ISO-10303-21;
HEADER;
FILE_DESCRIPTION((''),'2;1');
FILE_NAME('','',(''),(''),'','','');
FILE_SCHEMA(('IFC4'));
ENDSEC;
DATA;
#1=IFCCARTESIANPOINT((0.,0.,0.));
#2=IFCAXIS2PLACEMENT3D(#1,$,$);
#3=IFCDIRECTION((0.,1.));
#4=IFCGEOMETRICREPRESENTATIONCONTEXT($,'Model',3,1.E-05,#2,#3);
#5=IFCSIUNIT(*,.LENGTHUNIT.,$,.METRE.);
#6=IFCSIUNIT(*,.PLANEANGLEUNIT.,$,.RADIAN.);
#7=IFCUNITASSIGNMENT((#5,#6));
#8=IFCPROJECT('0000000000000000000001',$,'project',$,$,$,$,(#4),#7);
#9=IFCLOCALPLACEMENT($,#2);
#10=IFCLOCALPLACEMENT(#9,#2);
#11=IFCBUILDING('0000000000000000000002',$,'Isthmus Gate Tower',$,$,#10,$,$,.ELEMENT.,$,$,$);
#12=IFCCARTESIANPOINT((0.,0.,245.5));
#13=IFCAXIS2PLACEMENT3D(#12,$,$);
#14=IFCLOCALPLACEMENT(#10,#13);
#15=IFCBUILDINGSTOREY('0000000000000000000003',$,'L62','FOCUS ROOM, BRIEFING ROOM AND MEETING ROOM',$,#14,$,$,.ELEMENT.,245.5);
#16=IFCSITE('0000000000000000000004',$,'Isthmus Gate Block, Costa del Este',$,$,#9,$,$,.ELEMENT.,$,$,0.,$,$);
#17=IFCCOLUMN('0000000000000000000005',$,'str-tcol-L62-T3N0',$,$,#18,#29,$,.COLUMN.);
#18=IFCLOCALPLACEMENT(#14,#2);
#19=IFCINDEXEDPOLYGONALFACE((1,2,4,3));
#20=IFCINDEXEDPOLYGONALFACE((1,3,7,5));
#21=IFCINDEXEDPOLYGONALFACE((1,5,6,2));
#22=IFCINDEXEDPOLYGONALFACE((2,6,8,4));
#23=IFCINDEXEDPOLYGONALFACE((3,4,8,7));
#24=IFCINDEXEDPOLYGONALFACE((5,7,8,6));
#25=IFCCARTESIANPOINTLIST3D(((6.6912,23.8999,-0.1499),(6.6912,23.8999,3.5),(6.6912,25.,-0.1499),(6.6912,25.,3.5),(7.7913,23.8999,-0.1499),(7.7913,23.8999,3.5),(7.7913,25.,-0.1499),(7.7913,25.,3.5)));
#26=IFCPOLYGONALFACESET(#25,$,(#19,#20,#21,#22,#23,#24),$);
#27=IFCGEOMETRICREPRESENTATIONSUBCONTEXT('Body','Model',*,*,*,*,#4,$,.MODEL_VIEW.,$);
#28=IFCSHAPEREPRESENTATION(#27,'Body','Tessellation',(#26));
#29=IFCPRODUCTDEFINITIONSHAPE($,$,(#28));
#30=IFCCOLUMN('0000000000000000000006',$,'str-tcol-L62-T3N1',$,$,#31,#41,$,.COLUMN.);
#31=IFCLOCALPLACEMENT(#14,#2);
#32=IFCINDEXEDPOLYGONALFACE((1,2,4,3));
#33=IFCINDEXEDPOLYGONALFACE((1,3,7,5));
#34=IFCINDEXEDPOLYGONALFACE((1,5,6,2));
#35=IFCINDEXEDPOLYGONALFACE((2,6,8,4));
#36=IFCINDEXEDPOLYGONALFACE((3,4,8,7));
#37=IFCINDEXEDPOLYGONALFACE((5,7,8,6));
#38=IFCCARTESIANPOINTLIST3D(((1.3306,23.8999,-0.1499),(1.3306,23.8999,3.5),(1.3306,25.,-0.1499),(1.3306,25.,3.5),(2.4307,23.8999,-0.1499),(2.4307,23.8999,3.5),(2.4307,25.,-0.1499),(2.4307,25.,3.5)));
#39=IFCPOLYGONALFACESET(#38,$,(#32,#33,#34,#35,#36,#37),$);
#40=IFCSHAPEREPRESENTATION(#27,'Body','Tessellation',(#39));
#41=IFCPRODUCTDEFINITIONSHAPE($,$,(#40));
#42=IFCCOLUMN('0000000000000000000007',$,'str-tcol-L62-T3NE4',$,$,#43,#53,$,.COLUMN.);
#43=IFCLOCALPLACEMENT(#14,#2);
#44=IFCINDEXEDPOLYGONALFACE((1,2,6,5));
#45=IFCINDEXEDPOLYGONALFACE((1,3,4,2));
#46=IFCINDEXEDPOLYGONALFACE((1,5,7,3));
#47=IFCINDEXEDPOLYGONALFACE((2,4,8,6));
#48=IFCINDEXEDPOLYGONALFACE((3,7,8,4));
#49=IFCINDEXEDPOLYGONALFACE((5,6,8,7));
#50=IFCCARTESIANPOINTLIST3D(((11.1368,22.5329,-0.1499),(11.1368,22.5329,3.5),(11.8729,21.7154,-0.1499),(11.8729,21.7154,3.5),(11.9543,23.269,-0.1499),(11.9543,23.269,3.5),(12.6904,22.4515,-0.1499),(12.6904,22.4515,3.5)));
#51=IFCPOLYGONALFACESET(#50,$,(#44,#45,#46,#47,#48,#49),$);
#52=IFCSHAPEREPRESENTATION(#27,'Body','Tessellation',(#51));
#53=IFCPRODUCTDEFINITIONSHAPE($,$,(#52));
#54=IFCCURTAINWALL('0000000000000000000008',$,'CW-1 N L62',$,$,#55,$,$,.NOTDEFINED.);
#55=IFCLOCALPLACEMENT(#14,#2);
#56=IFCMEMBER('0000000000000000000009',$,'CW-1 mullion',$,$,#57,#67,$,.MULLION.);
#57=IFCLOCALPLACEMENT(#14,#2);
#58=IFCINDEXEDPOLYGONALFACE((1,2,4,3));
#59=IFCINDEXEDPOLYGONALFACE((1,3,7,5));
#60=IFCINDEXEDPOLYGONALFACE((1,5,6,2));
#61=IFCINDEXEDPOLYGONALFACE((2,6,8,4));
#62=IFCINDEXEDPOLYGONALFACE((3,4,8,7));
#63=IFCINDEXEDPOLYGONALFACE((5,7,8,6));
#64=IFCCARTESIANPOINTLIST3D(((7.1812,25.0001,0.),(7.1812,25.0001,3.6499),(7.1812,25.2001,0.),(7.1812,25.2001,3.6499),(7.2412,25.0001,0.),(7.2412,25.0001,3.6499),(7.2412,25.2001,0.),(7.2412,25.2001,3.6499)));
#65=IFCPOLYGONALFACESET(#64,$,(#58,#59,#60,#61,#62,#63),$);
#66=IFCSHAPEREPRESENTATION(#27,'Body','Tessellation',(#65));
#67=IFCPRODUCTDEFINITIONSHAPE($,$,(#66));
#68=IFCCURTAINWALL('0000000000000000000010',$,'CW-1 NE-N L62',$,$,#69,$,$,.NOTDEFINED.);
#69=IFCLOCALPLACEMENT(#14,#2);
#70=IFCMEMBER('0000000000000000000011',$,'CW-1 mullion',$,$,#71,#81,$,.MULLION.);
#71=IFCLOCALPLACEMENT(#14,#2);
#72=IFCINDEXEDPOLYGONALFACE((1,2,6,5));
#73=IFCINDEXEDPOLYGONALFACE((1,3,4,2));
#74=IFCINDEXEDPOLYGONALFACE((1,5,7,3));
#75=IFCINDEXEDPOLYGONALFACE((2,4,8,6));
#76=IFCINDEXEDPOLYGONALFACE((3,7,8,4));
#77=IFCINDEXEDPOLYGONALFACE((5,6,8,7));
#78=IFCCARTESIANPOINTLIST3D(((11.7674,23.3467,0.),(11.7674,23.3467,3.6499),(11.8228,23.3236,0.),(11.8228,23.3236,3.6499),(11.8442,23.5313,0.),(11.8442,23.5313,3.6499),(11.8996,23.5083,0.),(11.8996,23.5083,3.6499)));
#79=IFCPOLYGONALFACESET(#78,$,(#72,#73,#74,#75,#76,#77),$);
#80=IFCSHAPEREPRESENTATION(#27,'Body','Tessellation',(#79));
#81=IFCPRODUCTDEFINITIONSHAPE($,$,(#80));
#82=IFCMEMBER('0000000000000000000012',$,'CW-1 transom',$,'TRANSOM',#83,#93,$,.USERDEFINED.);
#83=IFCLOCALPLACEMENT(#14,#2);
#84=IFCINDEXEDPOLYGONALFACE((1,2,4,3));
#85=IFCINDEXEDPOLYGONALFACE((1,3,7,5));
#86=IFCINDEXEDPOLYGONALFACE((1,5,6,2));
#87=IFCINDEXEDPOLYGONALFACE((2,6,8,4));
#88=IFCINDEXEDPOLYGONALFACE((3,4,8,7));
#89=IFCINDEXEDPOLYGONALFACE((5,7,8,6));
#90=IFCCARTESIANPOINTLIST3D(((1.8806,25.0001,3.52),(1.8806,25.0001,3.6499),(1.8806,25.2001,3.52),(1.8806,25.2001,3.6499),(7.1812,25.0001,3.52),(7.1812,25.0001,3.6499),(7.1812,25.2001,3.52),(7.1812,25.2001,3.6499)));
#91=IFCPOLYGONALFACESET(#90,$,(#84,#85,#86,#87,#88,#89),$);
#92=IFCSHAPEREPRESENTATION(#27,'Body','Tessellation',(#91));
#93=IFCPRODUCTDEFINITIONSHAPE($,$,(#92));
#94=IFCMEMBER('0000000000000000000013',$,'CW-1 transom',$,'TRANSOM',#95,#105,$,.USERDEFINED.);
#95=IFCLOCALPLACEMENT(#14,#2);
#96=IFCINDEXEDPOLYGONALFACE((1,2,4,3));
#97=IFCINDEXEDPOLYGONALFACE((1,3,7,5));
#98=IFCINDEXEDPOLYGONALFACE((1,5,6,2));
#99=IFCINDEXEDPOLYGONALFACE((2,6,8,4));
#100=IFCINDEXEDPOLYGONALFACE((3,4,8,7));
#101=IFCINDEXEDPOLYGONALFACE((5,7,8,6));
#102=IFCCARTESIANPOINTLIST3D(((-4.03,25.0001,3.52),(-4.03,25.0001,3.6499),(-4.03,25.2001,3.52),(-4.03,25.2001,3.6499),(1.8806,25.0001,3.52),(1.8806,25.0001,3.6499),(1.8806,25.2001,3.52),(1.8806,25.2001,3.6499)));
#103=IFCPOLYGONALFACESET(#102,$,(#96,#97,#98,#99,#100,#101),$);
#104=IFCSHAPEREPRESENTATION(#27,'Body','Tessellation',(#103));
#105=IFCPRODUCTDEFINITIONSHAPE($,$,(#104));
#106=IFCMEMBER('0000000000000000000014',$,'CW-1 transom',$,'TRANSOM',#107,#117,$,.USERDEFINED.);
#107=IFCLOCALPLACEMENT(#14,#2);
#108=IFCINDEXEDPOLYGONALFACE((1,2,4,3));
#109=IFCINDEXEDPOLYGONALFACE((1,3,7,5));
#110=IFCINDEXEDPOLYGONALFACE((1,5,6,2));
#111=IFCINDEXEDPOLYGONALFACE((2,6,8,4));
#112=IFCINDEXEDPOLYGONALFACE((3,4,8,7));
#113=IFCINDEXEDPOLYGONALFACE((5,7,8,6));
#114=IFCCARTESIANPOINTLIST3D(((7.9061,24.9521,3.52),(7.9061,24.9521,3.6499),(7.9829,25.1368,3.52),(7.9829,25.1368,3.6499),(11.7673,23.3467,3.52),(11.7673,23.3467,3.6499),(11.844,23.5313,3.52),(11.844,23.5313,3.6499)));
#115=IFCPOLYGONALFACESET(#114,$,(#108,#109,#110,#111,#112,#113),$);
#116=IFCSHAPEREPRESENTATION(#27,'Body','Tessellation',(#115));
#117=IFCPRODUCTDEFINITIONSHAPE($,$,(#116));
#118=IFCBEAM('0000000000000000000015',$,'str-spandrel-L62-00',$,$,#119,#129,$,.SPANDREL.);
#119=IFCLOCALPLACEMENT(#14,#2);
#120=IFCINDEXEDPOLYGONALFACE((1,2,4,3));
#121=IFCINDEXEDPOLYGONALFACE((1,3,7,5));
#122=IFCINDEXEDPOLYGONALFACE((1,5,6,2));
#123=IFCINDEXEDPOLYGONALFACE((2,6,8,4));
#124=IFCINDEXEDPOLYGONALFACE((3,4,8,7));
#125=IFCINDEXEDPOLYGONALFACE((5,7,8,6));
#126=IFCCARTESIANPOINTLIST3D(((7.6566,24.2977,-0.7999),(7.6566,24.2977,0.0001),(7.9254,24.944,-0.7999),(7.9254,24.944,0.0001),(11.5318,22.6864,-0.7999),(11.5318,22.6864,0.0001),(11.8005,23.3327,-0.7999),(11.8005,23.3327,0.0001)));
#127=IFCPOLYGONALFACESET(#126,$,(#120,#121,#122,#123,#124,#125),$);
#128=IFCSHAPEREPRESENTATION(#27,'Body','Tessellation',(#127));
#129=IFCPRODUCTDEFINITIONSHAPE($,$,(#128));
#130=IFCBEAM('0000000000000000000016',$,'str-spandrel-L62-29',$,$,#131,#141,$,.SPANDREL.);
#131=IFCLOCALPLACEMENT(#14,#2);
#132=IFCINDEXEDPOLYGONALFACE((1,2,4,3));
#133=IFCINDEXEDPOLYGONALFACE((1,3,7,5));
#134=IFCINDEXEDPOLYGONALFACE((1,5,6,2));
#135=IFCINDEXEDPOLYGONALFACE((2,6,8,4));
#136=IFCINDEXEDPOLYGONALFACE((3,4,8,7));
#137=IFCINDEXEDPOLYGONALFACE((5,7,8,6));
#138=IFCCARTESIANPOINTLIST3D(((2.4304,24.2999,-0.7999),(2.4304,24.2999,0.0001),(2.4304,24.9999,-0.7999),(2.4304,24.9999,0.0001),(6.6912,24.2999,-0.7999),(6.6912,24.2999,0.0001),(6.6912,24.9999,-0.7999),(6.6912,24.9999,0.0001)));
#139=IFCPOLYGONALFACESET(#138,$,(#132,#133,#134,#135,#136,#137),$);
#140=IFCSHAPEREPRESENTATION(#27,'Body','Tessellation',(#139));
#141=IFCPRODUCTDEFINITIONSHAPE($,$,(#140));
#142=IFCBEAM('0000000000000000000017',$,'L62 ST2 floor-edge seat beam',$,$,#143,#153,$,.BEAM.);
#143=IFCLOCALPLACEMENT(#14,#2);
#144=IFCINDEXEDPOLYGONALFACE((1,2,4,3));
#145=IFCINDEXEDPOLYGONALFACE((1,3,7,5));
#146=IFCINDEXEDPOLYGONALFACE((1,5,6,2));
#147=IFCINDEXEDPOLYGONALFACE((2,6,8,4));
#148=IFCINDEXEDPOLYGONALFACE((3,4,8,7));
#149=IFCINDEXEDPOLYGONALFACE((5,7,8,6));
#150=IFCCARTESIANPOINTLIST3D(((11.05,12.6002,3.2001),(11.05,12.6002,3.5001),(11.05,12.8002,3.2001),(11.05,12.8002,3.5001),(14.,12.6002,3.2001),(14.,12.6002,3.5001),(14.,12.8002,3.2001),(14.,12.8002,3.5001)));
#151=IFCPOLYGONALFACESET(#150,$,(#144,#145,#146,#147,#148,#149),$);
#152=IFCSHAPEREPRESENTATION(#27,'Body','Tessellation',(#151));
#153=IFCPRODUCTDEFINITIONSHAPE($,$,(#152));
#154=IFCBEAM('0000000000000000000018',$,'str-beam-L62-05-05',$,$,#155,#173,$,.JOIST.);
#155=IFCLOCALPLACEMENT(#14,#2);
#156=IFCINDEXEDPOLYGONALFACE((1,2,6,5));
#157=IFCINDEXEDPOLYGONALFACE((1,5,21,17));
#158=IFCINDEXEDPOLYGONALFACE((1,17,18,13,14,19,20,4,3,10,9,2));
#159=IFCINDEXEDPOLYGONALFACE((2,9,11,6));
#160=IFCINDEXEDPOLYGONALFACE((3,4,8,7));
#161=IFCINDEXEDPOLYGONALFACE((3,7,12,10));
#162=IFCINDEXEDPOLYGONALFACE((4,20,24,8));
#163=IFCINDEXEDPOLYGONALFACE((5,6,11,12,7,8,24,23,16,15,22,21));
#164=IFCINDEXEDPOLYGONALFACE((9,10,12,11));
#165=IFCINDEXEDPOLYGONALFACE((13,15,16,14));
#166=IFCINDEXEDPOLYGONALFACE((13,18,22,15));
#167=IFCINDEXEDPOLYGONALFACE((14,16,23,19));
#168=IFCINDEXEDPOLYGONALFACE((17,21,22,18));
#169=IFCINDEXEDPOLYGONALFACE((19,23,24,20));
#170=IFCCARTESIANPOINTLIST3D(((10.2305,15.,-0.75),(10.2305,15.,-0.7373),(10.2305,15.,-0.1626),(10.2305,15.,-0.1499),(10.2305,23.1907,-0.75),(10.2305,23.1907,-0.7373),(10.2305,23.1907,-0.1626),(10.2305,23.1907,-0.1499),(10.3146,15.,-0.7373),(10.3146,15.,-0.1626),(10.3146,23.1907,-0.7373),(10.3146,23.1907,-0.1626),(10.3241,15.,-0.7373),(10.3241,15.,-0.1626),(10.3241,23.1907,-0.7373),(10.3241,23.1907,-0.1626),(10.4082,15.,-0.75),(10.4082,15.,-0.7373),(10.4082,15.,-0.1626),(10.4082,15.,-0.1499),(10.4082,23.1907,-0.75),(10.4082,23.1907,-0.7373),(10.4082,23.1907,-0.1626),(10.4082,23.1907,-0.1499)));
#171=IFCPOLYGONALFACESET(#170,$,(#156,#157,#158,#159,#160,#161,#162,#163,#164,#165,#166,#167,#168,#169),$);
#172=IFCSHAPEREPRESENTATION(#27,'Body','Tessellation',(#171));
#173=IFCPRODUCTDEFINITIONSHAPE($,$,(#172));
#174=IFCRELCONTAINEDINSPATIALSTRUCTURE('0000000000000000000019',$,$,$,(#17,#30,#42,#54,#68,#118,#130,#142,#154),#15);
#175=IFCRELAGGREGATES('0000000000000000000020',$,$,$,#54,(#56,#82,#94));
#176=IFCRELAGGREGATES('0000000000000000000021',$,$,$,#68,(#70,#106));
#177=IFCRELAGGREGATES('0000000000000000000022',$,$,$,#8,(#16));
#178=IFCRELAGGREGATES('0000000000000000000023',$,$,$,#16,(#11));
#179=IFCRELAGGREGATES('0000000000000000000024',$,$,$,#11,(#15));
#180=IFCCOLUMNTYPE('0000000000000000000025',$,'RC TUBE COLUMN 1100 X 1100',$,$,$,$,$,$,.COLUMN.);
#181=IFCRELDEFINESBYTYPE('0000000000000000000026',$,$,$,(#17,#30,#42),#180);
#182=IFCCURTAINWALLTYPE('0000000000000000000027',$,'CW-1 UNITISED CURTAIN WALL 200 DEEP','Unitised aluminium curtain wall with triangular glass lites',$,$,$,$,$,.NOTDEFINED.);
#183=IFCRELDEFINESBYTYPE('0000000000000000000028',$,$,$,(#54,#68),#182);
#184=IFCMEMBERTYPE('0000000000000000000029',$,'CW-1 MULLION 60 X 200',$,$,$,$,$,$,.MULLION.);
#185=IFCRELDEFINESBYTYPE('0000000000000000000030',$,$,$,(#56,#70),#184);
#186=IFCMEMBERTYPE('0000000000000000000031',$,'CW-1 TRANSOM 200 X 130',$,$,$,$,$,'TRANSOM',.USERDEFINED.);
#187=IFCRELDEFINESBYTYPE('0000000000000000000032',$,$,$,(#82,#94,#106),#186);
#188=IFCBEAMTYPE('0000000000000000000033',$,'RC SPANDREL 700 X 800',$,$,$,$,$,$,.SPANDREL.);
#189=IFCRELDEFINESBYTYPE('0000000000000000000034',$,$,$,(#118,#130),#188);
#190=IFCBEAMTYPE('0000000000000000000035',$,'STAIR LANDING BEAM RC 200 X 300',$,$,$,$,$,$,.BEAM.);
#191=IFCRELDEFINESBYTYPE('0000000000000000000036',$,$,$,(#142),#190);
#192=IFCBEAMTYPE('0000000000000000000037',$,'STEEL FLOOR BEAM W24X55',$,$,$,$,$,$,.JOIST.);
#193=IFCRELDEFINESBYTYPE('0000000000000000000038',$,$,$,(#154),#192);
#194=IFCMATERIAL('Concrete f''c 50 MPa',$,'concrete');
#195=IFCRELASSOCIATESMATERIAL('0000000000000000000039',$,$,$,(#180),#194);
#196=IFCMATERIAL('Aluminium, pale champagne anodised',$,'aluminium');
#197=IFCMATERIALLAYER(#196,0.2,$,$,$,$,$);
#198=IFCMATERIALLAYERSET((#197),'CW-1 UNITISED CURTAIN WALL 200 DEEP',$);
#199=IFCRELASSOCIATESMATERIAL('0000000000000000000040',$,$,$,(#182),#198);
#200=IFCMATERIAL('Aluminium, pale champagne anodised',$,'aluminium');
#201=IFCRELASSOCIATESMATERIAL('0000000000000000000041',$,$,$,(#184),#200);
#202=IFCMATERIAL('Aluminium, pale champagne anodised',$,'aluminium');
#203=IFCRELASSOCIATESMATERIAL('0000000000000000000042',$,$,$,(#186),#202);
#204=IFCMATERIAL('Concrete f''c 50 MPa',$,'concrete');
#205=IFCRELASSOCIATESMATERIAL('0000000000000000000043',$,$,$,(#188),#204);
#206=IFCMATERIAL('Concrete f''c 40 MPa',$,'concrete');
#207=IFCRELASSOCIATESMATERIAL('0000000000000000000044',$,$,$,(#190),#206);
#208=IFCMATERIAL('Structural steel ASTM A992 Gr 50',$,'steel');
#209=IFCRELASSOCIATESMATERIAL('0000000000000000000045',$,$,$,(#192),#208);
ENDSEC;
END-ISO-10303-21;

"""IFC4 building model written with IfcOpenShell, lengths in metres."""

from ifc_helpers import new_model, si_unit, direction, frame, origin, origin_2d, place, context, subcontext, project, spatial, rectangle, i_section, extrude, material, layer, layer_set, material_profile, profile_set, type_object, element, aggregate, save


model = new_model("IFC4")

# Units and contexts
model_context = context("Model", 3, precision=1e-05, world=origin(), true_north=direction((0.0, 1.0)))
body_context = subcontext(model_context, "Body", "Model", "MODEL_VIEW")
ifc_project = project(units=[si_unit("LENGTHUNIT", "METRE"), si_unit("PLANEANGLEUNIT", "RADIAN")], contexts=[model_context])

# Site, building, storey
site_placement = place(None, origin())
site = spatial("IfcSite", under=ifc_project, at=site_placement, Name="Isthmus Gate Block, Costa del Este", CompositionType="ELEMENT", RefElevation=0.0)
building_placement = place(site_placement, origin())
building = spatial("IfcBuilding", under=site, at=building_placement, Name="Isthmus Gate Tower", CompositionType="ELEMENT")
storey_placement = place(building_placement, frame((0.0, 0.0, 245.5)))
storey = spatial("IfcBuildingStorey", under=building, at=storey_placement, Name="L62", Description="FOCUS ROOM, BRIEFING ROOM AND MEETING ROOM", CompositionType="ELEMENT", Elevation=245.5)

# Columns
ifc_material_1 = material(Name="Concrete f'c 50 MPa", Category="concrete")
ifc_material_profile_1 = material_profile(ifc_material_1, rectangle(XDim=1.1001, YDim=1.1001, at=origin_2d()), Name="RC 1100X1100")
ifc_profile_set_1 = profile_set([ifc_material_profile_1], Name="Concrete f'c 50 MPa")
column_type = type_object("IfcColumnType", Name="RC TUBE COLUMN 1100 X 1100", PredefinedType="COLUMN", material=ifc_profile_set_1)
for number, where, z_axis, x_axis, name in (
    (1, (7.2412, 24.45, -0.1499), (0.0, 0.0, 1.0), (-1.0, 0.0, 0.0), "str-tcol-L62-T3N0"),
    (2, (1.8806, 24.45, -0.1499), (0.0, 0.0, 1.0), (-1.0, 0.0, 0.0), "str-tcol-L62-T3N1"),
    (3, (11.9136, 22.4922, -0.1499), (0.0, 0.0, 1.0), (-0.669131, 0.743145, 0.0), "str-tcol-L62-T3NE4"),
):
    element("IfcColumn", number, at=place(storey_placement, frame(where, z_axis=z_axis, x_axis=x_axis)), inside=storey, type_object=column_type, Name=name, PredefinedType="COLUMN", context=body_context, shape_type="SweptSolid", body=[
        extrude(rectangle(XDim=1.1001, YDim=1.1001, at=origin_2d()), origin(), (0.0, 0.0, 1.0), 3.6499),
    ])

# Curtain walls, members
ifc_material_2 = material(Name="Aluminium, pale champagne anodised", Category="aluminium")
ifc_layer_1 = layer(ifc_material_2, 0.2)
ifc_layer_set_1 = layer_set([ifc_layer_1], Name="CW-1 UNITISED CURTAIN WALL 200 DEEP")
curtain_wall_type = type_object("IfcCurtainWallType", Name="CW-1 UNITISED CURTAIN WALL 200 DEEP", Description="Unitised aluminium curtain wall with triangular glass lites", PredefinedType="NOTDEFINED", material=ifc_layer_set_1)
curtain_wall_1_placement = place(storey_placement, origin())
curtain_wall_1 = element("IfcCurtainWall", 4, at=curtain_wall_1_placement, inside=storey, type_object=curtain_wall_type, Name="CW-1 N L62", PredefinedType="NOTDEFINED")
ifc_material_3 = material(Name="Aluminium, pale champagne anodised", Category="aluminium")
ifc_material_profile_2 = material_profile(ifc_material_3, rectangle(XDim=0.0601, YDim=0.2, at=origin_2d()), Name="60x200")
ifc_profile_set_2 = profile_set([ifc_material_profile_2], Name="Aluminium, pale champagne anodised")
member_type_1 = type_object("IfcMemberType", Name="CW-1 MULLION 60 X 200", PredefinedType="MULLION", material=ifc_profile_set_2)
member_1_placement = place(storey_placement, frame((7.2112, 25.1001, 0.0), z_axis=(0.0, 0.0, 1.0), x_axis=(-1.0, 0.0, 0.0)))
member_1 = element("IfcMember", 5, at=member_1_placement, type_object=member_type_1, Name="CW-1 mullion", PredefinedType="MULLION", context=body_context, shape_type="SweptSolid", body=[
    extrude(rectangle(XDim=0.0601, YDim=0.2, at=origin_2d()), origin(), (0.0, 0.0, 1.0), 3.6499),
])
curtain_wall_2_placement = place(storey_placement, origin())
curtain_wall_2 = element("IfcCurtainWall", 6, at=curtain_wall_2_placement, inside=storey, type_object=curtain_wall_type, Name="CW-1 NE-N L62", PredefinedType="NOTDEFINED")
member_2_placement = place(storey_placement, frame((11.8335, 23.4275, 0.0), z_axis=(0.0, 0.0, 1.0), x_axis=(-0.923353, 0.383952, 0.0)))
member_2 = element("IfcMember", 7, at=member_2_placement, type_object=member_type_1, Name="CW-1 mullion", PredefinedType="MULLION", context=body_context, shape_type="SweptSolid", body=[
    extrude(rectangle(XDim=0.0601, YDim=0.2, at=origin_2d()), origin(), (0.0, 0.0, 1.0), 3.6499),
])

# Members
ifc_material_4 = material(Name="Aluminium, pale champagne anodised", Category="aluminium")
ifc_material_profile_3 = material_profile(ifc_material_4, rectangle(XDim=0.2, YDim=0.1299, at=origin_2d()), Name="200x130")
ifc_profile_set_3 = profile_set([ifc_material_profile_3], Name="Aluminium, pale champagne anodised")
member_type_2 = type_object("IfcMemberType", Name="CW-1 TRANSOM 200 X 130", ElementType="TRANSOM", PredefinedType="USERDEFINED", material=ifc_profile_set_3)
member_3_placement = place(storey_placement, frame((7.1812, 25.1001, 3.585), z_axis=(-1.0, 0.0, 0.0), x_axis=(0.0, -1.0, 0.0)))
member_3 = element("IfcMember", 8, at=member_3_placement, type_object=member_type_2, Name="CW-1 transom", ObjectType="TRANSOM", PredefinedType="USERDEFINED", context=body_context, shape_type="SweptSolid", body=[
    extrude(rectangle(XDim=0.2, YDim=0.1299, at=origin_2d()), origin(), (0.0, 0.0, 1.0), 5.3005),
])
member_4_placement = place(storey_placement, frame((1.8806, 25.1001, 3.585), z_axis=(-1.0, 0.0, 0.0), x_axis=(0.0, -1.0, 0.0)))
member_4 = element("IfcMember", 9, at=member_4_placement, type_object=member_type_2, Name="CW-1 transom", ObjectType="TRANSOM", PredefinedType="USERDEFINED", context=body_context, shape_type="SweptSolid", body=[
    extrude(rectangle(XDim=0.2, YDim=0.1299, at=origin_2d()), origin(), (0.0, 0.0, 1.0), 5.9106),
])
member_5_placement = place(storey_placement, frame((11.8057, 23.439, 3.585), z_axis=(-0.923358, 0.38394, 0.0), x_axis=(-0.38394, -0.923358, 0.0)))
member_5 = element("IfcMember", 10, at=member_5_placement, type_object=member_type_2, Name="CW-1 transom", ObjectType="TRANSOM", PredefinedType="USERDEFINED", context=body_context, shape_type="SweptSolid", body=[
    extrude(rectangle(XDim=0.2, YDim=0.1299, at=origin_2d()), origin(), (0.0, 0.0, 1.0), 4.1816),
])

# Beams
ifc_material_5 = material(Name="Concrete f'c 50 MPa", Category="concrete")
ifc_material_profile_4 = material_profile(ifc_material_5, rectangle(XDim=0.7, YDim=0.8, at=origin_2d()), Name="RC 700X800")
ifc_profile_set_4 = profile_set([ifc_material_profile_4], Name="Concrete f'c 50 MPa")
beam_type_1 = type_object("IfcBeamType", Name="RC SPANDREL 700 X 800", PredefinedType="SPANDREL", material=ifc_profile_set_4)
beam_1_placement = place(storey_placement, frame((7.791, 24.6208, -0.3999), z_axis=(0.923361, -0.383934, 0.0), x_axis=(0.383934, 0.923361, 0.0)))
element("IfcBeam", 11, at=beam_1_placement, inside=storey, type_object=beam_type_1, Name="str-spandrel-L62-00", PredefinedType="SPANDREL", context=body_context, shape_type="SweptSolid", body=[
    extrude(rectangle(XDim=0.7, YDim=0.8, at=origin_2d()), origin(), (0.0, 0.0, 1.0), 4.1968),
])
beam_2_placement = place(storey_placement, frame((2.4304, 24.6499, -0.3999), z_axis=(1.0, 0.0, 0.0), x_axis=(0.0, 1.0, 0.0)))
element("IfcBeam", 12, at=beam_2_placement, inside=storey, type_object=beam_type_1, Name="str-spandrel-L62-29", PredefinedType="SPANDREL", context=body_context, shape_type="SweptSolid", body=[
    extrude(rectangle(XDim=0.7, YDim=0.8, at=origin_2d()), origin(), (0.0, 0.0, 1.0), 4.2607),
])
ifc_material_6 = material(Name="Concrete f'c 40 MPa", Category="concrete")
ifc_material_profile_5 = material_profile(ifc_material_6, rectangle(XDim=0.2, YDim=0.3, at=origin_2d()), Name="STAIR LANDING BEAM RC 200 X 300")
ifc_profile_set_5 = profile_set([ifc_material_profile_5], Name="Concrete f'c 40 MPa")
beam_type_2 = type_object("IfcBeamType", Name="STAIR LANDING BEAM RC 200 X 300", PredefinedType="BEAM", material=ifc_profile_set_5)
beam_3_placement = place(storey_placement, frame((11.05, 12.7002, 3.3501), z_axis=(1.0, 0.0, 0.0), x_axis=(0.0, 1.0, 0.0)))
element("IfcBeam", 13, at=beam_3_placement, inside=storey, type_object=beam_type_2, Name="L62 ST2 floor-edge seat beam", PredefinedType="BEAM", context=body_context, shape_type="SweptSolid", body=[
    extrude(rectangle(XDim=0.2, YDim=0.3, at=origin_2d()), origin(), (0.0, 0.0, 1.0), 2.95),
])
ifc_material_7 = material(Name="Structural steel ASTM A992 Gr 50", Category="steel")
ifc_material_profile_6 = material_profile(ifc_material_7, i_section(OverallWidth=0.1777, OverallDepth=0.6001, WebThickness=0.0095, FlangeThickness=0.0127, at=origin_2d()), Name="W24X55")
ifc_profile_set_6 = profile_set([ifc_material_profile_6], Name="Structural steel ASTM A992 Gr 50")
beam_type_3 = type_object("IfcBeamType", Name="STEEL FLOOR BEAM W24X55", PredefinedType="JOIST", material=ifc_profile_set_6)
beam_4_placement = place(storey_placement, frame((10.3193, 15.0, -0.45), z_axis=(0.0, 1.0, 0.0), x_axis=(-1.0, 0.0, 0.0)))
element("IfcBeam", 14, at=beam_4_placement, inside=storey, type_object=beam_type_3, Name="str-beam-L62-05-05", PredefinedType="JOIST", context=body_context, shape_type="SweptSolid", body=[
    extrude(i_section(OverallWidth=0.1777, OverallDepth=0.6001, WebThickness=0.0095, FlangeThickness=0.0127, at=origin_2d()), origin(), (0.0, 0.0, 1.0), 8.1907),
])

aggregate(curtain_wall_1, [member_1, member_3, member_4])
aggregate(curtain_wall_2, [member_2, member_5])

save(model, "model.ifc")
